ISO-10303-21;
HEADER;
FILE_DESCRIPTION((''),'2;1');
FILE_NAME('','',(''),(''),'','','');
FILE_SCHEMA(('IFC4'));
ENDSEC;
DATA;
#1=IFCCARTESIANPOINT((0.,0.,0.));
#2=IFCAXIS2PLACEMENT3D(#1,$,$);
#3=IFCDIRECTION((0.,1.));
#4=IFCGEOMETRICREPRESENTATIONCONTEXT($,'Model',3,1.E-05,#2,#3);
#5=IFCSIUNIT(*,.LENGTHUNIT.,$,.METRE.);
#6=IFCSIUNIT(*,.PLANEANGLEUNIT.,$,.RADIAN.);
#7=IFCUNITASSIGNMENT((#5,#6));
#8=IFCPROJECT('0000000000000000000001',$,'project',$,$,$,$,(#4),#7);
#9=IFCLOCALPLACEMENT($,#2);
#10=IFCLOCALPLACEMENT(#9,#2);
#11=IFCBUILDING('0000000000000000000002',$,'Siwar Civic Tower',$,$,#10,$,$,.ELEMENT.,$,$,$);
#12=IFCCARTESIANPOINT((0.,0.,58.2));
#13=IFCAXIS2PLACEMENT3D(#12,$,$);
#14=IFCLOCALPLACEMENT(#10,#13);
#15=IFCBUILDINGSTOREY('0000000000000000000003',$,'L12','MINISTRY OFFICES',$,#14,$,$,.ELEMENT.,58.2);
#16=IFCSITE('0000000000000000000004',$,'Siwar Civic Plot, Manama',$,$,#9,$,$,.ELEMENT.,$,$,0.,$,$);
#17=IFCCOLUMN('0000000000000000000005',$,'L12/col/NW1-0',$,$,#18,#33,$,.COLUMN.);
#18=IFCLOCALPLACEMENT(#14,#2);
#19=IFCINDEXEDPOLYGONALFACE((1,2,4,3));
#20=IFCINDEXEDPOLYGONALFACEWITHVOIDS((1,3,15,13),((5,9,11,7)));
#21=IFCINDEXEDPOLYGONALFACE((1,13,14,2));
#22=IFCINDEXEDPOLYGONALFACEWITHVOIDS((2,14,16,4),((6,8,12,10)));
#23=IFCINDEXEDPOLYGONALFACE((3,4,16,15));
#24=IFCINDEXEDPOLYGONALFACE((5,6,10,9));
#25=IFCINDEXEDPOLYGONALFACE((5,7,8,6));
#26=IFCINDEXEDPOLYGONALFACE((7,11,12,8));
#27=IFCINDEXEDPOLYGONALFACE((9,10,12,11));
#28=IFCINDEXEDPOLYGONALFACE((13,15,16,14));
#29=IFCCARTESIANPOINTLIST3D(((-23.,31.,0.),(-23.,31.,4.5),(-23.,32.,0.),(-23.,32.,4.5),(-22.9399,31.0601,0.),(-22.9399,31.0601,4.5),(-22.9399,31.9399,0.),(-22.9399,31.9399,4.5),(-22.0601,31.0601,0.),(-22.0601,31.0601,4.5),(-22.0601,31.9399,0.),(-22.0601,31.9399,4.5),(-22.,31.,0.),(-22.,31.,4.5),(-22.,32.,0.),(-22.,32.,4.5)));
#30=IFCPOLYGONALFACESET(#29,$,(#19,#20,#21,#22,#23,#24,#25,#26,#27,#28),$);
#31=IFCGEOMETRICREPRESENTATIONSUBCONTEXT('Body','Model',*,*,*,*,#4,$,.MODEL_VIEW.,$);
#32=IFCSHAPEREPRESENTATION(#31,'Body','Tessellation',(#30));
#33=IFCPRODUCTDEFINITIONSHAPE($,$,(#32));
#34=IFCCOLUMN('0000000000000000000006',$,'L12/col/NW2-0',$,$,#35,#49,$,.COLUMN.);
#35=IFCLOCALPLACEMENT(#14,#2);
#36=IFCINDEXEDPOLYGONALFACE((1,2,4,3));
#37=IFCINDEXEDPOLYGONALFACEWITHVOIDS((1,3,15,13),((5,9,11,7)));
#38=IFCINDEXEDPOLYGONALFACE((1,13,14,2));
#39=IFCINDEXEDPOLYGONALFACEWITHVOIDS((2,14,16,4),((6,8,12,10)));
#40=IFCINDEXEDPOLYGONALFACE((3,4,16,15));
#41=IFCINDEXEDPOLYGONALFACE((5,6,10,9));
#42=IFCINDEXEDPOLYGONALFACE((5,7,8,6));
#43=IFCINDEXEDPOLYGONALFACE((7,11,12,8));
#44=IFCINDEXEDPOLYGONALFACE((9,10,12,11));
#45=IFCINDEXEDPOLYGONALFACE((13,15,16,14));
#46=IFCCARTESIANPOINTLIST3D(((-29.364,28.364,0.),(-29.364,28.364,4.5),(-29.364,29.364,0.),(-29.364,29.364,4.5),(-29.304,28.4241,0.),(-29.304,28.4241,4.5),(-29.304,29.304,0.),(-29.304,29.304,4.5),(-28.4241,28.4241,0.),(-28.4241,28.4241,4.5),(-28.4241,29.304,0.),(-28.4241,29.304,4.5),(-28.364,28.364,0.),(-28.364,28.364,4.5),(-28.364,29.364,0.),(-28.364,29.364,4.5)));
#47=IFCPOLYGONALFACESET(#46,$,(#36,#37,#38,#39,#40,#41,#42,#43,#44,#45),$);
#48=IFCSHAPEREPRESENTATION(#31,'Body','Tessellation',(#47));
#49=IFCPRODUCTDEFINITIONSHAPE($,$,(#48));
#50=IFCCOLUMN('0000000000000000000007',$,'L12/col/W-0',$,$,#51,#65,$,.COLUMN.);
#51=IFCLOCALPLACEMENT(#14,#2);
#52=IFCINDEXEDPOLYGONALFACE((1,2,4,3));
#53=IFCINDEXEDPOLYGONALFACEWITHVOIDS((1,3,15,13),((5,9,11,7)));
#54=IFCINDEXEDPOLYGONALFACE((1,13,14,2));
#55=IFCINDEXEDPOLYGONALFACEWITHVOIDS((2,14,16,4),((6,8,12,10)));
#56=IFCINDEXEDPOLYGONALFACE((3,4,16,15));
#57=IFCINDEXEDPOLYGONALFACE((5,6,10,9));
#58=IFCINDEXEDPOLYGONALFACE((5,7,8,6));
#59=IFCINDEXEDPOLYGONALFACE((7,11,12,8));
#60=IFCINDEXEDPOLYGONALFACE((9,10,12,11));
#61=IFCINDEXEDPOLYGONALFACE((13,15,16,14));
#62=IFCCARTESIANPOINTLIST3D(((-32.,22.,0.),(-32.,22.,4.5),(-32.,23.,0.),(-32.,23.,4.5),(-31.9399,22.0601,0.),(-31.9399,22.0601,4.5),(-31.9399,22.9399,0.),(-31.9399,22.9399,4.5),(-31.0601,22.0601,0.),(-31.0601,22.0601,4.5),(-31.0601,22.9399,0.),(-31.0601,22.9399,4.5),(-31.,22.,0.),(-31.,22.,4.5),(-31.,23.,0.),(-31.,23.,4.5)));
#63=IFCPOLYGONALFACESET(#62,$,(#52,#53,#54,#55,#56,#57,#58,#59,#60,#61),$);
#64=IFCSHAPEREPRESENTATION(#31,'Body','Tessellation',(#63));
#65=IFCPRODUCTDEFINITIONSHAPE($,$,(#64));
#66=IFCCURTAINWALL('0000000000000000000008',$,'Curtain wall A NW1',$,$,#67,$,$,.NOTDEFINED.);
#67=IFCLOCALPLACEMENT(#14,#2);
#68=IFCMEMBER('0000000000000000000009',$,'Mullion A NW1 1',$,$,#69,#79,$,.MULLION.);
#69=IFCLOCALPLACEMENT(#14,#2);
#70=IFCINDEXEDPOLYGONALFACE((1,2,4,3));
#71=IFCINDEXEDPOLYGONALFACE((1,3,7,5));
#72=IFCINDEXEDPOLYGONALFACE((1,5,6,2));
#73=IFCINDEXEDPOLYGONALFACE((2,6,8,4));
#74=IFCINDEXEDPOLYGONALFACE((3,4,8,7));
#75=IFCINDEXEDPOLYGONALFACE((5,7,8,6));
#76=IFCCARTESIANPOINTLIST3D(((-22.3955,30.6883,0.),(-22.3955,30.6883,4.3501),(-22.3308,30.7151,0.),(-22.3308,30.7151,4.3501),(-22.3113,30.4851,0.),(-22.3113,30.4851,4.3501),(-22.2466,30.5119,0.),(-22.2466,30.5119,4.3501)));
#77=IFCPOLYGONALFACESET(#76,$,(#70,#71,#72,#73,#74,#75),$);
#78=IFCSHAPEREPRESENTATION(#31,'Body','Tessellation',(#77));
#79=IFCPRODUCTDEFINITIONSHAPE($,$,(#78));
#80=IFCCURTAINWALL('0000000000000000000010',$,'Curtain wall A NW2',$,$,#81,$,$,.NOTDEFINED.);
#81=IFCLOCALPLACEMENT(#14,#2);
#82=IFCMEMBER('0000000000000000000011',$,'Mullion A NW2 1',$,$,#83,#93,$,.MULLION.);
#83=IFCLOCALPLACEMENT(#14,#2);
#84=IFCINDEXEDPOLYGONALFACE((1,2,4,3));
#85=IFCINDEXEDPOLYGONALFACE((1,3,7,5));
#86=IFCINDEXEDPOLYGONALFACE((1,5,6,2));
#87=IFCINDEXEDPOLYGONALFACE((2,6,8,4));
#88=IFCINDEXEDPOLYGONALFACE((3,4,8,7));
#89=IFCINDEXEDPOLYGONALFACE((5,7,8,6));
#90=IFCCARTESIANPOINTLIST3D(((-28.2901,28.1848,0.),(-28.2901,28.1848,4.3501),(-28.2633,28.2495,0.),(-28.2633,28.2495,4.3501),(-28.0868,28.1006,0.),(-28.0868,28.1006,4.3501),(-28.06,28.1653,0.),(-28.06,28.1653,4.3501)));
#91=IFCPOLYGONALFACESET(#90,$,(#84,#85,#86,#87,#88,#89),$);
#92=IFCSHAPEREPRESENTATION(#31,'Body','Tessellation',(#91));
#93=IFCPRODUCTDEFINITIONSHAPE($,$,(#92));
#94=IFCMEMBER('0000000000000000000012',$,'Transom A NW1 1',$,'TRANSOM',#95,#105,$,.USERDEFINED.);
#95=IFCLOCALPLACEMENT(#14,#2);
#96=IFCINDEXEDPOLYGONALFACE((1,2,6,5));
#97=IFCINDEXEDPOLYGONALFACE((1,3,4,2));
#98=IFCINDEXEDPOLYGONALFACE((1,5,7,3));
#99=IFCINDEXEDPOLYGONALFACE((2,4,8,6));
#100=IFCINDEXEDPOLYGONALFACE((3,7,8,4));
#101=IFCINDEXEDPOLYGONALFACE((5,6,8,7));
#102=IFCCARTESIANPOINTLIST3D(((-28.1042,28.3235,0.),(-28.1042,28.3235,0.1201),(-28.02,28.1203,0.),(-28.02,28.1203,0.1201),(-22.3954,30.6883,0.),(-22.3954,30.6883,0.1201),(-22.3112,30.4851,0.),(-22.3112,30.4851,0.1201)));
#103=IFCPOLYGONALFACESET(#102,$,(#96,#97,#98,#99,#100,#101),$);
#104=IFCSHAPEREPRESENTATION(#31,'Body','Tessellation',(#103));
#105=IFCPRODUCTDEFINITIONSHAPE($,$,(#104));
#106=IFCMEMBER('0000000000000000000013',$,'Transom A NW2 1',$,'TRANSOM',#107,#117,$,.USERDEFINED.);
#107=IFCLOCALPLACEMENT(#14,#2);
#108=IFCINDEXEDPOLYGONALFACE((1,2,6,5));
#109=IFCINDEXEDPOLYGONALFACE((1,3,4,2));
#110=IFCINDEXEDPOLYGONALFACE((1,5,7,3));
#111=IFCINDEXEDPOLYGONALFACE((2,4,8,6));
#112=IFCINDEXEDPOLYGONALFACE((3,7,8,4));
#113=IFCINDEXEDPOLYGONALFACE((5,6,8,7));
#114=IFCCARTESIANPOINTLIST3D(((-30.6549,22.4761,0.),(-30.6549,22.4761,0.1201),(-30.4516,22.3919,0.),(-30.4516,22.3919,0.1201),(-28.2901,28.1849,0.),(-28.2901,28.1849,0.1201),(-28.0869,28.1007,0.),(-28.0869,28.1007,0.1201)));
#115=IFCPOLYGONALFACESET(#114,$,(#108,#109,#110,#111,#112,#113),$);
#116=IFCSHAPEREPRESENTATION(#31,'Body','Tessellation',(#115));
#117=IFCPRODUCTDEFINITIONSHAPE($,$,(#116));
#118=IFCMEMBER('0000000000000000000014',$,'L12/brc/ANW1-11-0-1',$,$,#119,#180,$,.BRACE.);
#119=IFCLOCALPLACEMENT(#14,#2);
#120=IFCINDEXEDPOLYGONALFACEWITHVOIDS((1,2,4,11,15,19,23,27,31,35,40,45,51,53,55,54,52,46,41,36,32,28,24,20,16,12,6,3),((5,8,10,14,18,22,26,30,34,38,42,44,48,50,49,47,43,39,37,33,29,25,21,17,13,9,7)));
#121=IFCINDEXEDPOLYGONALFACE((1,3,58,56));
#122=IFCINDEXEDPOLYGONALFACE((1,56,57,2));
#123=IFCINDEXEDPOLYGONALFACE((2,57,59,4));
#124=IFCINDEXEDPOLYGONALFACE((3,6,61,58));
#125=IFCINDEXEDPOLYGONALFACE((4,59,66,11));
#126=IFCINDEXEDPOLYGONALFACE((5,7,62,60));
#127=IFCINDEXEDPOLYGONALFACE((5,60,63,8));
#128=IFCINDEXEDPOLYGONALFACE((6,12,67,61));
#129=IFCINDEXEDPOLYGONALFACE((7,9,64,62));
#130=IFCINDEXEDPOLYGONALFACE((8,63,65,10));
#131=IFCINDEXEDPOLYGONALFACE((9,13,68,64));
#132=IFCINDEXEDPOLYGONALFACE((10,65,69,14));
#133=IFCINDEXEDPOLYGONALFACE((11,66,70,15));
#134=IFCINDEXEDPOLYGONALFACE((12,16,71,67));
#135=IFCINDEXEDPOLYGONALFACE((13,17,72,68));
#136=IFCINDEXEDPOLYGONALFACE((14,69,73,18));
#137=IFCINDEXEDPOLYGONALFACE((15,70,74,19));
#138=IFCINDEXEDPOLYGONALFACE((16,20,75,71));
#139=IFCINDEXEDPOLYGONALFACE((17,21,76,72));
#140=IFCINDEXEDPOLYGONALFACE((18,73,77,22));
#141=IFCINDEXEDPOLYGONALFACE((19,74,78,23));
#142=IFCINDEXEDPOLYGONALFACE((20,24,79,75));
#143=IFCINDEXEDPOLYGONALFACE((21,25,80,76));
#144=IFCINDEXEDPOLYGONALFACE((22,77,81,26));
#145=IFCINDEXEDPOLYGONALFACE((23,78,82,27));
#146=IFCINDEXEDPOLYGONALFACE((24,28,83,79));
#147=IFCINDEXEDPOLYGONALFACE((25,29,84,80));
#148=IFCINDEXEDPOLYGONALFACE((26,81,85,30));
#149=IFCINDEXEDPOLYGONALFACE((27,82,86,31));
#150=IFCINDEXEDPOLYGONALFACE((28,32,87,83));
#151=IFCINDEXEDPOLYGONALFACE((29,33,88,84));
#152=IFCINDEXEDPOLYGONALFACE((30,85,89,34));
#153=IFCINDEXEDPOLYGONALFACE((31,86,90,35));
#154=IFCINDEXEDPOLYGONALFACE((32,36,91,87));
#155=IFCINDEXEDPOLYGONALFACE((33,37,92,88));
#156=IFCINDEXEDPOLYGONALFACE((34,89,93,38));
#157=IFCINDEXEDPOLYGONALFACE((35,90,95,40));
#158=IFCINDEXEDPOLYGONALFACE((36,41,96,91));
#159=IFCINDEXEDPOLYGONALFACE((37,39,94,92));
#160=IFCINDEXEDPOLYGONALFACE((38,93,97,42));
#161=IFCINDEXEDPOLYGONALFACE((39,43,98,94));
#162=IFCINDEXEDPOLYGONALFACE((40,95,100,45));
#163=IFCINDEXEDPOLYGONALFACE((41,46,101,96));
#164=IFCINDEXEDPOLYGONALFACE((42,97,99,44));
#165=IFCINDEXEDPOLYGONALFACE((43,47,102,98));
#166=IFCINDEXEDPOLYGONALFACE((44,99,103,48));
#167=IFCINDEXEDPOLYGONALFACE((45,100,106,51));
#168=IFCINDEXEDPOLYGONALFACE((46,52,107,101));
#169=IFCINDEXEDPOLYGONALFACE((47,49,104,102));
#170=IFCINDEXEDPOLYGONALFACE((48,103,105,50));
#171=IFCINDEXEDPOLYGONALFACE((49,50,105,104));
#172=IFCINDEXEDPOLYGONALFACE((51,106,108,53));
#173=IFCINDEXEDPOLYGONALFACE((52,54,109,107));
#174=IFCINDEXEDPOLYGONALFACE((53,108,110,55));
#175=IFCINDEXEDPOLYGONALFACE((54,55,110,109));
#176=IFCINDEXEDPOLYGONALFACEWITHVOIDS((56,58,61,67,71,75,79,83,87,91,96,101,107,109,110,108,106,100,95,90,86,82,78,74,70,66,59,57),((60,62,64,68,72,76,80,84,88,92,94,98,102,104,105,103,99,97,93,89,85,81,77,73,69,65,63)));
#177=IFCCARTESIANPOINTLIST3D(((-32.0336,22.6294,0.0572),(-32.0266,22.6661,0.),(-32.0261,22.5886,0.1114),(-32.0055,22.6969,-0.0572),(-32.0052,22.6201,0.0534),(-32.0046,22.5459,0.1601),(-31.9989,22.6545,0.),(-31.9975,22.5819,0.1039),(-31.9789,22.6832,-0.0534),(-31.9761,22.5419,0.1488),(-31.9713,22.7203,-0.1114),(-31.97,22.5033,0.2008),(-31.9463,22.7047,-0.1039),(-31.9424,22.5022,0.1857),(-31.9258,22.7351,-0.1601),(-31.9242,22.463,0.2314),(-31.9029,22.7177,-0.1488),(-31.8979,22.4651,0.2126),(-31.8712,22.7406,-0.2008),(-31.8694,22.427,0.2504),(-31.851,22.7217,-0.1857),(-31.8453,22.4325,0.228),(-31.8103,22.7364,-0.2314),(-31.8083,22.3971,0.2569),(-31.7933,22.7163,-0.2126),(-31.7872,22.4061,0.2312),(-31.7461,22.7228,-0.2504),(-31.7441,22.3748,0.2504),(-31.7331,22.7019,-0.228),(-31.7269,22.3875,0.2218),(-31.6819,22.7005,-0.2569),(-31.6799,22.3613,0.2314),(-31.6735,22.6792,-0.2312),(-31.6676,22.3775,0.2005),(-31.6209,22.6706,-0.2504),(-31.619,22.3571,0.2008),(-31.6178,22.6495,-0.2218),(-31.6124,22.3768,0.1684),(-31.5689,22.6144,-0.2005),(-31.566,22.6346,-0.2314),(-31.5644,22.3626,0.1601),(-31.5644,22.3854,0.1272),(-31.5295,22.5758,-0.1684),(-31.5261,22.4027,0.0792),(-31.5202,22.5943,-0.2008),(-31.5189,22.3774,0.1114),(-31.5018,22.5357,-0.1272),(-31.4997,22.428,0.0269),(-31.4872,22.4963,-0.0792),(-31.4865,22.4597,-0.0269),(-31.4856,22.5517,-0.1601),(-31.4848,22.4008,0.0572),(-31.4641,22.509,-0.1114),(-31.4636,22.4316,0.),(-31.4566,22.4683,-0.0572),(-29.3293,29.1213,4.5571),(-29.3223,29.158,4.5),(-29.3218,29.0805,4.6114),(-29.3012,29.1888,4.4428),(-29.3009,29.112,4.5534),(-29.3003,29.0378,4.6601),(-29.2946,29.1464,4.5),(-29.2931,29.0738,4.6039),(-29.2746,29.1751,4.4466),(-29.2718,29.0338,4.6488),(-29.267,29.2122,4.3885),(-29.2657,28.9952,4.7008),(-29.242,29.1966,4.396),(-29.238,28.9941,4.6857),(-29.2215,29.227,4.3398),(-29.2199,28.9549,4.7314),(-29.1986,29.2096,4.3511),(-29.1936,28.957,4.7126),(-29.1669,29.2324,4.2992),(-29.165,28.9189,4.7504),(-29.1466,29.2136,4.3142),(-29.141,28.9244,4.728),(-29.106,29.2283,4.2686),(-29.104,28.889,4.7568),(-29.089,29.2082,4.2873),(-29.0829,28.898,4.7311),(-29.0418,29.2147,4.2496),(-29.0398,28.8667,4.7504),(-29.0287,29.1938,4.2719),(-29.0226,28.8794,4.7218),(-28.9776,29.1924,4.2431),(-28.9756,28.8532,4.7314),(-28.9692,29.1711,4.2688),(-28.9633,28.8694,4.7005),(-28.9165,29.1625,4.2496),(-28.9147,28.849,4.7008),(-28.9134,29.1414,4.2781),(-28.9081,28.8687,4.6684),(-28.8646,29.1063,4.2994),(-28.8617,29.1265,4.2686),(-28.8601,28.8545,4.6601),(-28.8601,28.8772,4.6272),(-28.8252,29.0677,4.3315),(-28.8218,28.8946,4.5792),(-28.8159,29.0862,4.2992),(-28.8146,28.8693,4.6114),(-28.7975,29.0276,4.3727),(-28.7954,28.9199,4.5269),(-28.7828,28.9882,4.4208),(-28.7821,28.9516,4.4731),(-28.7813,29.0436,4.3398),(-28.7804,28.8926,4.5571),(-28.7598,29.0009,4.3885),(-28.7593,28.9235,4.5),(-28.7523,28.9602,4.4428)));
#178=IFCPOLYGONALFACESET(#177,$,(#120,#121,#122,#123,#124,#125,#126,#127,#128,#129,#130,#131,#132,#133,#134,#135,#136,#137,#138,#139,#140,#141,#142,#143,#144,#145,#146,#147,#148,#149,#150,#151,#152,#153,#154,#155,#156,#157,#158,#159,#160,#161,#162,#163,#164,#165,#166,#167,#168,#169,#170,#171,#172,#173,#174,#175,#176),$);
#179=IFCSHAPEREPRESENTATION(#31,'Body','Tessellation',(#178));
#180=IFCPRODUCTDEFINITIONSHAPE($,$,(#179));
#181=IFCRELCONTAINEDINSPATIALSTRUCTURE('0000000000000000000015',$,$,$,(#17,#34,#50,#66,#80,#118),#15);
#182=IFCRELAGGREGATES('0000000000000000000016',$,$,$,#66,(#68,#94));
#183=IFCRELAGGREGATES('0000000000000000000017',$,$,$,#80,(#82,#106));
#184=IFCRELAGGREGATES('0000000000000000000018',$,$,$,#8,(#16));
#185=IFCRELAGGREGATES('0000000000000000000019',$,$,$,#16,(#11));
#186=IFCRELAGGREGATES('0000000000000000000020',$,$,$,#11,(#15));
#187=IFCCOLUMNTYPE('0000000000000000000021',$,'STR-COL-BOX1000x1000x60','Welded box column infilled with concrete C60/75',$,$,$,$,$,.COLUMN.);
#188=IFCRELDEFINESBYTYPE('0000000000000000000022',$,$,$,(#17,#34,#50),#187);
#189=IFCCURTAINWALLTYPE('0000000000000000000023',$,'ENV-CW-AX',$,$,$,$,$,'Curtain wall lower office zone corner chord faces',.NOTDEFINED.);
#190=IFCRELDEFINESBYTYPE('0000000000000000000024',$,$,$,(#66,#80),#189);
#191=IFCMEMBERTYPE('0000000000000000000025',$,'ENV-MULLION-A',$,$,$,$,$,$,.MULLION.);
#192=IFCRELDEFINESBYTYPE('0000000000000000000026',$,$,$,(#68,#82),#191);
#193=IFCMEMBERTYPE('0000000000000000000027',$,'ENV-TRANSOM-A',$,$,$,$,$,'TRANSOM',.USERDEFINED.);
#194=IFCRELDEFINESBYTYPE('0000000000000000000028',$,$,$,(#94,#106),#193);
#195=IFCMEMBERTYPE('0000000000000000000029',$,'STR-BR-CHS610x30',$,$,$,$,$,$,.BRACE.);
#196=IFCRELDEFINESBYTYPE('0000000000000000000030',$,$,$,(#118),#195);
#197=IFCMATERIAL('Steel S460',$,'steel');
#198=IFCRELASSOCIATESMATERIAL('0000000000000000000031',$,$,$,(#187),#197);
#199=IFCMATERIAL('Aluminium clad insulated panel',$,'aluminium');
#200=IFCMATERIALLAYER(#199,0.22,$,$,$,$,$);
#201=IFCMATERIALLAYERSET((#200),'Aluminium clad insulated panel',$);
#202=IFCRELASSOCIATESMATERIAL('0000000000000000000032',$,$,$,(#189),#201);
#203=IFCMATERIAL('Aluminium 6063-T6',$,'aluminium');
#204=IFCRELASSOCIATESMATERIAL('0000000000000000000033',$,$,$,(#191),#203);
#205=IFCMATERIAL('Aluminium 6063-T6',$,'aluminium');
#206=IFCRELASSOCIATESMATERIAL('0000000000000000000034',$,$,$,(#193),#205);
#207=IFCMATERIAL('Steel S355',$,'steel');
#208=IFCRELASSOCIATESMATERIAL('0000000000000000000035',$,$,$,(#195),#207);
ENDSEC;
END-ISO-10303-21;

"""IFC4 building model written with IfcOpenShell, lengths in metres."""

from ifc_helpers import new_model, si_unit, direction, frame, origin, origin_2d, place, context, subcontext, project, spatial, rectangle, hollow_rectangle, hollow_circle, extrude, material, layer, layer_set, material_profile, profile_set, type_object, element, aggregate, save


model = new_model("IFC4")

# Units and contexts
model_context = context("Model", 3, precision=1e-05, world=origin(), true_north=direction((0.0, 1.0)))
body_context = subcontext(model_context, "Body", "Model", "MODEL_VIEW")
ifc_project = project(units=[si_unit("LENGTHUNIT", "METRE"), si_unit("PLANEANGLEUNIT", "RADIAN")], contexts=[model_context])

# Site, building, storey
site_placement = place(None, origin())
site = spatial("IfcSite", under=ifc_project, at=site_placement, Name="Siwar Civic Plot, Manama", CompositionType="ELEMENT", RefElevation=0.0)
building_placement = place(site_placement, origin())
building = spatial("IfcBuilding", under=site, at=building_placement, Name="Siwar Civic Tower", CompositionType="ELEMENT")
storey_placement = place(building_placement, frame((0.0, 0.0, 58.2)))
storey = spatial("IfcBuildingStorey", under=building, at=storey_placement, Name="L12", Description="MINISTRY OFFICES", CompositionType="ELEMENT", Elevation=58.2)

# Columns
ifc_material_1 = material(Name="Steel S460", Category="steel")
ifc_material_profile_1 = material_profile(ifc_material_1, hollow_rectangle(XDim=1.0, YDim=1.0, WallThickness=0.0601, at=origin_2d()), Name="BOX1000x1000x60")
ifc_profile_set_1 = profile_set([ifc_material_profile_1], Name="Steel S460")
column_type = type_object("IfcColumnType", Name="STR-COL-BOX1000x1000x60", Description="Welded box column infilled with concrete C60/75", PredefinedType="COLUMN", material=ifc_profile_set_1)
for number, where, z_axis, x_axis, name in (
    (1, (-22.5, 31.5, 0.0), (0.0, 0.0, 1.0), (1.0, 0.0, 0.0), "L12/col/NW1-0"),
    (2, (-28.864, 28.864, 0.0), (0.0, 0.0, 1.0), (1.0, 0.0, 0.0), "L12/col/NW2-0"),
    (3, (-31.5, 22.5, 0.0), (0.0, 0.0, 1.0), (1.0, 0.0, 0.0), "L12/col/W-0"),
):
    element("IfcColumn", number, at=place(storey_placement, frame(where, z_axis=z_axis, x_axis=x_axis)), inside=storey, type_object=column_type, Name=name, PredefinedType="COLUMN", context=body_context, shape_type="SweptSolid", body=[
        extrude(hollow_rectangle(XDim=1.0, YDim=1.0, WallThickness=0.0601, at=origin_2d()), origin(), (0.0, 0.0, 1.0), 4.5),
    ])

# Curtain walls, members
ifc_material_2 = material(Name="Aluminium clad insulated panel", Category="aluminium")
ifc_layer_1 = layer(ifc_material_2, 0.22)
ifc_layer_set_1 = layer_set([ifc_layer_1], Name="Aluminium clad insulated panel")
curtain_wall_type = type_object("IfcCurtainWallType", Name="ENV-CW-AX", ElementType="Curtain wall lower office zone corner chord faces", PredefinedType="NOTDEFINED", material=ifc_layer_set_1)
curtain_wall_1_placement = place(storey_placement, origin())
curtain_wall_1 = element("IfcCurtainWall", 4, at=curtain_wall_1_placement, inside=storey, type_object=curtain_wall_type, Name="Curtain wall A NW1", PredefinedType="NOTDEFINED")
ifc_material_3 = material(Name="Aluminium 6063-T6", Category="aluminium")
ifc_material_profile_2 = material_profile(ifc_material_3, rectangle(XDim=0.22, YDim=0.0701, at=origin_2d()), Name="AL 220x70")
ifc_profile_set_2 = profile_set([ifc_material_profile_2], Name="Aluminium 6063-T6")
member_type_1 = type_object("IfcMemberType", Name="ENV-MULLION-A", PredefinedType="MULLION", material=ifc_profile_set_2)
member_1_placement = place(storey_placement, frame((-22.321, 30.6001, 0.0), z_axis=(0.0, 0.0, 1.0), x_axis=(0.382683, -0.92388, 0.0)))
member_1 = element("IfcMember", 5, at=member_1_placement, type_object=member_type_1, Name="Mullion A NW1 1", PredefinedType="MULLION", context=body_context, shape_type="SweptSolid", body=[
    extrude(rectangle(XDim=0.22, YDim=0.0701, at=origin_2d()), origin(), (0.0, 0.0, 1.0), 4.3501),
])
curtain_wall_2_placement = place(storey_placement, origin())
curtain_wall_2 = element("IfcCurtainWall", 6, at=curtain_wall_2_placement, inside=storey, type_object=curtain_wall_type, Name="Curtain wall A NW2", PredefinedType="NOTDEFINED")
member_2_placement = place(storey_placement, frame((-28.175, 28.175, 0.0), z_axis=(0.0, 0.0, 1.0), x_axis=(0.92388, -0.382683, 0.0)))
member_2 = element("IfcMember", 7, at=member_2_placement, type_object=member_type_1, Name="Mullion A NW2 1", PredefinedType="MULLION", context=body_context, shape_type="SweptSolid", body=[
    extrude(rectangle(XDim=0.22, YDim=0.0701, at=origin_2d()), origin(), (0.0, 0.0, 1.0), 4.3501),
])

# Members
ifc_material_4 = material(Name="Aluminium 6063-T6", Category="aluminium")
ifc_material_profile_3 = material_profile(ifc_material_4, rectangle(XDim=0.22, YDim=0.1201, at=origin_2d()), Name="AL 220x120")
ifc_profile_set_3 = profile_set([ifc_material_profile_3], Name="Aluminium 6063-T6")
member_type_2 = type_object("IfcMemberType", Name="ENV-TRANSOM-A", ElementType="TRANSOM", PredefinedType="USERDEFINED", material=ifc_profile_set_3)
member_3_placement = place(storey_placement, frame((-22.3533, 30.5867, 0.0601), z_axis=(-0.923873, -0.382698, 0.0), x_axis=(0.382698, -0.923873, 0.0)))
member_3 = element("IfcMember", 8, at=member_3_placement, type_object=member_type_2, Name="Transom A NW1 1", ObjectType="TRANSOM", PredefinedType="USERDEFINED", context=body_context, shape_type="SweptSolid", body=[
    extrude(rectangle(XDim=0.22, YDim=0.1201, at=origin_2d()), origin(), (0.0, 0.0, 1.0), 6.1792),
])
member_4_placement = place(storey_placement, frame((-28.1885, 28.1428, 0.0601), z_axis=(-0.382698, -0.923873, 0.0), x_axis=(0.923873, -0.382698, 0.0)))
member_4 = element("IfcMember", 9, at=member_4_placement, type_object=member_type_2, Name="Transom A NW2 1", ObjectType="TRANSOM", PredefinedType="USERDEFINED", context=body_context, shape_type="SweptSolid", body=[
    extrude(rectangle(XDim=0.22, YDim=0.1201, at=origin_2d()), origin(), (0.0, 0.0, 1.0), 6.1792),
])

# Member
ifc_material_5 = material(Name="Steel S355", Category="steel")
ifc_material_profile_4 = material_profile(ifc_material_5, hollow_circle(Radius=0.3049, WallThickness=0.03, at=origin_2d()), Name="CHS610x30")
ifc_profile_set_4 = profile_set([ifc_material_profile_4], Name="Steel S355")
member_type_3 = type_object("IfcMemberType", Name="STR-BR-CHS610x30", PredefinedType="BRACE", material=ifc_profile_set_4)
member_5_placement = place(storey_placement, frame((-31.7451, 22.5488, 0.0), z_axis=(0.323906, 0.777555, 0.538975), x_axis=(-0.923109, 0.384539, 0.0)))
element("IfcMember", 10, at=member_5_placement, inside=storey, type_object=member_type_3, Name="L12/brc/ANW1-11-0-1", PredefinedType="BRACE", context=body_context, shape_type="SweptSolid", body=[
    extrude(hollow_circle(Radius=0.3049, WallThickness=0.03, at=origin_2d()), origin(), (0.0, 0.0, 1.0), 8.3491),
])

aggregate(curtain_wall_1, [member_1, member_3])
aggregate(curtain_wall_2, [member_2, member_4])

save(model, "model.ifc")
